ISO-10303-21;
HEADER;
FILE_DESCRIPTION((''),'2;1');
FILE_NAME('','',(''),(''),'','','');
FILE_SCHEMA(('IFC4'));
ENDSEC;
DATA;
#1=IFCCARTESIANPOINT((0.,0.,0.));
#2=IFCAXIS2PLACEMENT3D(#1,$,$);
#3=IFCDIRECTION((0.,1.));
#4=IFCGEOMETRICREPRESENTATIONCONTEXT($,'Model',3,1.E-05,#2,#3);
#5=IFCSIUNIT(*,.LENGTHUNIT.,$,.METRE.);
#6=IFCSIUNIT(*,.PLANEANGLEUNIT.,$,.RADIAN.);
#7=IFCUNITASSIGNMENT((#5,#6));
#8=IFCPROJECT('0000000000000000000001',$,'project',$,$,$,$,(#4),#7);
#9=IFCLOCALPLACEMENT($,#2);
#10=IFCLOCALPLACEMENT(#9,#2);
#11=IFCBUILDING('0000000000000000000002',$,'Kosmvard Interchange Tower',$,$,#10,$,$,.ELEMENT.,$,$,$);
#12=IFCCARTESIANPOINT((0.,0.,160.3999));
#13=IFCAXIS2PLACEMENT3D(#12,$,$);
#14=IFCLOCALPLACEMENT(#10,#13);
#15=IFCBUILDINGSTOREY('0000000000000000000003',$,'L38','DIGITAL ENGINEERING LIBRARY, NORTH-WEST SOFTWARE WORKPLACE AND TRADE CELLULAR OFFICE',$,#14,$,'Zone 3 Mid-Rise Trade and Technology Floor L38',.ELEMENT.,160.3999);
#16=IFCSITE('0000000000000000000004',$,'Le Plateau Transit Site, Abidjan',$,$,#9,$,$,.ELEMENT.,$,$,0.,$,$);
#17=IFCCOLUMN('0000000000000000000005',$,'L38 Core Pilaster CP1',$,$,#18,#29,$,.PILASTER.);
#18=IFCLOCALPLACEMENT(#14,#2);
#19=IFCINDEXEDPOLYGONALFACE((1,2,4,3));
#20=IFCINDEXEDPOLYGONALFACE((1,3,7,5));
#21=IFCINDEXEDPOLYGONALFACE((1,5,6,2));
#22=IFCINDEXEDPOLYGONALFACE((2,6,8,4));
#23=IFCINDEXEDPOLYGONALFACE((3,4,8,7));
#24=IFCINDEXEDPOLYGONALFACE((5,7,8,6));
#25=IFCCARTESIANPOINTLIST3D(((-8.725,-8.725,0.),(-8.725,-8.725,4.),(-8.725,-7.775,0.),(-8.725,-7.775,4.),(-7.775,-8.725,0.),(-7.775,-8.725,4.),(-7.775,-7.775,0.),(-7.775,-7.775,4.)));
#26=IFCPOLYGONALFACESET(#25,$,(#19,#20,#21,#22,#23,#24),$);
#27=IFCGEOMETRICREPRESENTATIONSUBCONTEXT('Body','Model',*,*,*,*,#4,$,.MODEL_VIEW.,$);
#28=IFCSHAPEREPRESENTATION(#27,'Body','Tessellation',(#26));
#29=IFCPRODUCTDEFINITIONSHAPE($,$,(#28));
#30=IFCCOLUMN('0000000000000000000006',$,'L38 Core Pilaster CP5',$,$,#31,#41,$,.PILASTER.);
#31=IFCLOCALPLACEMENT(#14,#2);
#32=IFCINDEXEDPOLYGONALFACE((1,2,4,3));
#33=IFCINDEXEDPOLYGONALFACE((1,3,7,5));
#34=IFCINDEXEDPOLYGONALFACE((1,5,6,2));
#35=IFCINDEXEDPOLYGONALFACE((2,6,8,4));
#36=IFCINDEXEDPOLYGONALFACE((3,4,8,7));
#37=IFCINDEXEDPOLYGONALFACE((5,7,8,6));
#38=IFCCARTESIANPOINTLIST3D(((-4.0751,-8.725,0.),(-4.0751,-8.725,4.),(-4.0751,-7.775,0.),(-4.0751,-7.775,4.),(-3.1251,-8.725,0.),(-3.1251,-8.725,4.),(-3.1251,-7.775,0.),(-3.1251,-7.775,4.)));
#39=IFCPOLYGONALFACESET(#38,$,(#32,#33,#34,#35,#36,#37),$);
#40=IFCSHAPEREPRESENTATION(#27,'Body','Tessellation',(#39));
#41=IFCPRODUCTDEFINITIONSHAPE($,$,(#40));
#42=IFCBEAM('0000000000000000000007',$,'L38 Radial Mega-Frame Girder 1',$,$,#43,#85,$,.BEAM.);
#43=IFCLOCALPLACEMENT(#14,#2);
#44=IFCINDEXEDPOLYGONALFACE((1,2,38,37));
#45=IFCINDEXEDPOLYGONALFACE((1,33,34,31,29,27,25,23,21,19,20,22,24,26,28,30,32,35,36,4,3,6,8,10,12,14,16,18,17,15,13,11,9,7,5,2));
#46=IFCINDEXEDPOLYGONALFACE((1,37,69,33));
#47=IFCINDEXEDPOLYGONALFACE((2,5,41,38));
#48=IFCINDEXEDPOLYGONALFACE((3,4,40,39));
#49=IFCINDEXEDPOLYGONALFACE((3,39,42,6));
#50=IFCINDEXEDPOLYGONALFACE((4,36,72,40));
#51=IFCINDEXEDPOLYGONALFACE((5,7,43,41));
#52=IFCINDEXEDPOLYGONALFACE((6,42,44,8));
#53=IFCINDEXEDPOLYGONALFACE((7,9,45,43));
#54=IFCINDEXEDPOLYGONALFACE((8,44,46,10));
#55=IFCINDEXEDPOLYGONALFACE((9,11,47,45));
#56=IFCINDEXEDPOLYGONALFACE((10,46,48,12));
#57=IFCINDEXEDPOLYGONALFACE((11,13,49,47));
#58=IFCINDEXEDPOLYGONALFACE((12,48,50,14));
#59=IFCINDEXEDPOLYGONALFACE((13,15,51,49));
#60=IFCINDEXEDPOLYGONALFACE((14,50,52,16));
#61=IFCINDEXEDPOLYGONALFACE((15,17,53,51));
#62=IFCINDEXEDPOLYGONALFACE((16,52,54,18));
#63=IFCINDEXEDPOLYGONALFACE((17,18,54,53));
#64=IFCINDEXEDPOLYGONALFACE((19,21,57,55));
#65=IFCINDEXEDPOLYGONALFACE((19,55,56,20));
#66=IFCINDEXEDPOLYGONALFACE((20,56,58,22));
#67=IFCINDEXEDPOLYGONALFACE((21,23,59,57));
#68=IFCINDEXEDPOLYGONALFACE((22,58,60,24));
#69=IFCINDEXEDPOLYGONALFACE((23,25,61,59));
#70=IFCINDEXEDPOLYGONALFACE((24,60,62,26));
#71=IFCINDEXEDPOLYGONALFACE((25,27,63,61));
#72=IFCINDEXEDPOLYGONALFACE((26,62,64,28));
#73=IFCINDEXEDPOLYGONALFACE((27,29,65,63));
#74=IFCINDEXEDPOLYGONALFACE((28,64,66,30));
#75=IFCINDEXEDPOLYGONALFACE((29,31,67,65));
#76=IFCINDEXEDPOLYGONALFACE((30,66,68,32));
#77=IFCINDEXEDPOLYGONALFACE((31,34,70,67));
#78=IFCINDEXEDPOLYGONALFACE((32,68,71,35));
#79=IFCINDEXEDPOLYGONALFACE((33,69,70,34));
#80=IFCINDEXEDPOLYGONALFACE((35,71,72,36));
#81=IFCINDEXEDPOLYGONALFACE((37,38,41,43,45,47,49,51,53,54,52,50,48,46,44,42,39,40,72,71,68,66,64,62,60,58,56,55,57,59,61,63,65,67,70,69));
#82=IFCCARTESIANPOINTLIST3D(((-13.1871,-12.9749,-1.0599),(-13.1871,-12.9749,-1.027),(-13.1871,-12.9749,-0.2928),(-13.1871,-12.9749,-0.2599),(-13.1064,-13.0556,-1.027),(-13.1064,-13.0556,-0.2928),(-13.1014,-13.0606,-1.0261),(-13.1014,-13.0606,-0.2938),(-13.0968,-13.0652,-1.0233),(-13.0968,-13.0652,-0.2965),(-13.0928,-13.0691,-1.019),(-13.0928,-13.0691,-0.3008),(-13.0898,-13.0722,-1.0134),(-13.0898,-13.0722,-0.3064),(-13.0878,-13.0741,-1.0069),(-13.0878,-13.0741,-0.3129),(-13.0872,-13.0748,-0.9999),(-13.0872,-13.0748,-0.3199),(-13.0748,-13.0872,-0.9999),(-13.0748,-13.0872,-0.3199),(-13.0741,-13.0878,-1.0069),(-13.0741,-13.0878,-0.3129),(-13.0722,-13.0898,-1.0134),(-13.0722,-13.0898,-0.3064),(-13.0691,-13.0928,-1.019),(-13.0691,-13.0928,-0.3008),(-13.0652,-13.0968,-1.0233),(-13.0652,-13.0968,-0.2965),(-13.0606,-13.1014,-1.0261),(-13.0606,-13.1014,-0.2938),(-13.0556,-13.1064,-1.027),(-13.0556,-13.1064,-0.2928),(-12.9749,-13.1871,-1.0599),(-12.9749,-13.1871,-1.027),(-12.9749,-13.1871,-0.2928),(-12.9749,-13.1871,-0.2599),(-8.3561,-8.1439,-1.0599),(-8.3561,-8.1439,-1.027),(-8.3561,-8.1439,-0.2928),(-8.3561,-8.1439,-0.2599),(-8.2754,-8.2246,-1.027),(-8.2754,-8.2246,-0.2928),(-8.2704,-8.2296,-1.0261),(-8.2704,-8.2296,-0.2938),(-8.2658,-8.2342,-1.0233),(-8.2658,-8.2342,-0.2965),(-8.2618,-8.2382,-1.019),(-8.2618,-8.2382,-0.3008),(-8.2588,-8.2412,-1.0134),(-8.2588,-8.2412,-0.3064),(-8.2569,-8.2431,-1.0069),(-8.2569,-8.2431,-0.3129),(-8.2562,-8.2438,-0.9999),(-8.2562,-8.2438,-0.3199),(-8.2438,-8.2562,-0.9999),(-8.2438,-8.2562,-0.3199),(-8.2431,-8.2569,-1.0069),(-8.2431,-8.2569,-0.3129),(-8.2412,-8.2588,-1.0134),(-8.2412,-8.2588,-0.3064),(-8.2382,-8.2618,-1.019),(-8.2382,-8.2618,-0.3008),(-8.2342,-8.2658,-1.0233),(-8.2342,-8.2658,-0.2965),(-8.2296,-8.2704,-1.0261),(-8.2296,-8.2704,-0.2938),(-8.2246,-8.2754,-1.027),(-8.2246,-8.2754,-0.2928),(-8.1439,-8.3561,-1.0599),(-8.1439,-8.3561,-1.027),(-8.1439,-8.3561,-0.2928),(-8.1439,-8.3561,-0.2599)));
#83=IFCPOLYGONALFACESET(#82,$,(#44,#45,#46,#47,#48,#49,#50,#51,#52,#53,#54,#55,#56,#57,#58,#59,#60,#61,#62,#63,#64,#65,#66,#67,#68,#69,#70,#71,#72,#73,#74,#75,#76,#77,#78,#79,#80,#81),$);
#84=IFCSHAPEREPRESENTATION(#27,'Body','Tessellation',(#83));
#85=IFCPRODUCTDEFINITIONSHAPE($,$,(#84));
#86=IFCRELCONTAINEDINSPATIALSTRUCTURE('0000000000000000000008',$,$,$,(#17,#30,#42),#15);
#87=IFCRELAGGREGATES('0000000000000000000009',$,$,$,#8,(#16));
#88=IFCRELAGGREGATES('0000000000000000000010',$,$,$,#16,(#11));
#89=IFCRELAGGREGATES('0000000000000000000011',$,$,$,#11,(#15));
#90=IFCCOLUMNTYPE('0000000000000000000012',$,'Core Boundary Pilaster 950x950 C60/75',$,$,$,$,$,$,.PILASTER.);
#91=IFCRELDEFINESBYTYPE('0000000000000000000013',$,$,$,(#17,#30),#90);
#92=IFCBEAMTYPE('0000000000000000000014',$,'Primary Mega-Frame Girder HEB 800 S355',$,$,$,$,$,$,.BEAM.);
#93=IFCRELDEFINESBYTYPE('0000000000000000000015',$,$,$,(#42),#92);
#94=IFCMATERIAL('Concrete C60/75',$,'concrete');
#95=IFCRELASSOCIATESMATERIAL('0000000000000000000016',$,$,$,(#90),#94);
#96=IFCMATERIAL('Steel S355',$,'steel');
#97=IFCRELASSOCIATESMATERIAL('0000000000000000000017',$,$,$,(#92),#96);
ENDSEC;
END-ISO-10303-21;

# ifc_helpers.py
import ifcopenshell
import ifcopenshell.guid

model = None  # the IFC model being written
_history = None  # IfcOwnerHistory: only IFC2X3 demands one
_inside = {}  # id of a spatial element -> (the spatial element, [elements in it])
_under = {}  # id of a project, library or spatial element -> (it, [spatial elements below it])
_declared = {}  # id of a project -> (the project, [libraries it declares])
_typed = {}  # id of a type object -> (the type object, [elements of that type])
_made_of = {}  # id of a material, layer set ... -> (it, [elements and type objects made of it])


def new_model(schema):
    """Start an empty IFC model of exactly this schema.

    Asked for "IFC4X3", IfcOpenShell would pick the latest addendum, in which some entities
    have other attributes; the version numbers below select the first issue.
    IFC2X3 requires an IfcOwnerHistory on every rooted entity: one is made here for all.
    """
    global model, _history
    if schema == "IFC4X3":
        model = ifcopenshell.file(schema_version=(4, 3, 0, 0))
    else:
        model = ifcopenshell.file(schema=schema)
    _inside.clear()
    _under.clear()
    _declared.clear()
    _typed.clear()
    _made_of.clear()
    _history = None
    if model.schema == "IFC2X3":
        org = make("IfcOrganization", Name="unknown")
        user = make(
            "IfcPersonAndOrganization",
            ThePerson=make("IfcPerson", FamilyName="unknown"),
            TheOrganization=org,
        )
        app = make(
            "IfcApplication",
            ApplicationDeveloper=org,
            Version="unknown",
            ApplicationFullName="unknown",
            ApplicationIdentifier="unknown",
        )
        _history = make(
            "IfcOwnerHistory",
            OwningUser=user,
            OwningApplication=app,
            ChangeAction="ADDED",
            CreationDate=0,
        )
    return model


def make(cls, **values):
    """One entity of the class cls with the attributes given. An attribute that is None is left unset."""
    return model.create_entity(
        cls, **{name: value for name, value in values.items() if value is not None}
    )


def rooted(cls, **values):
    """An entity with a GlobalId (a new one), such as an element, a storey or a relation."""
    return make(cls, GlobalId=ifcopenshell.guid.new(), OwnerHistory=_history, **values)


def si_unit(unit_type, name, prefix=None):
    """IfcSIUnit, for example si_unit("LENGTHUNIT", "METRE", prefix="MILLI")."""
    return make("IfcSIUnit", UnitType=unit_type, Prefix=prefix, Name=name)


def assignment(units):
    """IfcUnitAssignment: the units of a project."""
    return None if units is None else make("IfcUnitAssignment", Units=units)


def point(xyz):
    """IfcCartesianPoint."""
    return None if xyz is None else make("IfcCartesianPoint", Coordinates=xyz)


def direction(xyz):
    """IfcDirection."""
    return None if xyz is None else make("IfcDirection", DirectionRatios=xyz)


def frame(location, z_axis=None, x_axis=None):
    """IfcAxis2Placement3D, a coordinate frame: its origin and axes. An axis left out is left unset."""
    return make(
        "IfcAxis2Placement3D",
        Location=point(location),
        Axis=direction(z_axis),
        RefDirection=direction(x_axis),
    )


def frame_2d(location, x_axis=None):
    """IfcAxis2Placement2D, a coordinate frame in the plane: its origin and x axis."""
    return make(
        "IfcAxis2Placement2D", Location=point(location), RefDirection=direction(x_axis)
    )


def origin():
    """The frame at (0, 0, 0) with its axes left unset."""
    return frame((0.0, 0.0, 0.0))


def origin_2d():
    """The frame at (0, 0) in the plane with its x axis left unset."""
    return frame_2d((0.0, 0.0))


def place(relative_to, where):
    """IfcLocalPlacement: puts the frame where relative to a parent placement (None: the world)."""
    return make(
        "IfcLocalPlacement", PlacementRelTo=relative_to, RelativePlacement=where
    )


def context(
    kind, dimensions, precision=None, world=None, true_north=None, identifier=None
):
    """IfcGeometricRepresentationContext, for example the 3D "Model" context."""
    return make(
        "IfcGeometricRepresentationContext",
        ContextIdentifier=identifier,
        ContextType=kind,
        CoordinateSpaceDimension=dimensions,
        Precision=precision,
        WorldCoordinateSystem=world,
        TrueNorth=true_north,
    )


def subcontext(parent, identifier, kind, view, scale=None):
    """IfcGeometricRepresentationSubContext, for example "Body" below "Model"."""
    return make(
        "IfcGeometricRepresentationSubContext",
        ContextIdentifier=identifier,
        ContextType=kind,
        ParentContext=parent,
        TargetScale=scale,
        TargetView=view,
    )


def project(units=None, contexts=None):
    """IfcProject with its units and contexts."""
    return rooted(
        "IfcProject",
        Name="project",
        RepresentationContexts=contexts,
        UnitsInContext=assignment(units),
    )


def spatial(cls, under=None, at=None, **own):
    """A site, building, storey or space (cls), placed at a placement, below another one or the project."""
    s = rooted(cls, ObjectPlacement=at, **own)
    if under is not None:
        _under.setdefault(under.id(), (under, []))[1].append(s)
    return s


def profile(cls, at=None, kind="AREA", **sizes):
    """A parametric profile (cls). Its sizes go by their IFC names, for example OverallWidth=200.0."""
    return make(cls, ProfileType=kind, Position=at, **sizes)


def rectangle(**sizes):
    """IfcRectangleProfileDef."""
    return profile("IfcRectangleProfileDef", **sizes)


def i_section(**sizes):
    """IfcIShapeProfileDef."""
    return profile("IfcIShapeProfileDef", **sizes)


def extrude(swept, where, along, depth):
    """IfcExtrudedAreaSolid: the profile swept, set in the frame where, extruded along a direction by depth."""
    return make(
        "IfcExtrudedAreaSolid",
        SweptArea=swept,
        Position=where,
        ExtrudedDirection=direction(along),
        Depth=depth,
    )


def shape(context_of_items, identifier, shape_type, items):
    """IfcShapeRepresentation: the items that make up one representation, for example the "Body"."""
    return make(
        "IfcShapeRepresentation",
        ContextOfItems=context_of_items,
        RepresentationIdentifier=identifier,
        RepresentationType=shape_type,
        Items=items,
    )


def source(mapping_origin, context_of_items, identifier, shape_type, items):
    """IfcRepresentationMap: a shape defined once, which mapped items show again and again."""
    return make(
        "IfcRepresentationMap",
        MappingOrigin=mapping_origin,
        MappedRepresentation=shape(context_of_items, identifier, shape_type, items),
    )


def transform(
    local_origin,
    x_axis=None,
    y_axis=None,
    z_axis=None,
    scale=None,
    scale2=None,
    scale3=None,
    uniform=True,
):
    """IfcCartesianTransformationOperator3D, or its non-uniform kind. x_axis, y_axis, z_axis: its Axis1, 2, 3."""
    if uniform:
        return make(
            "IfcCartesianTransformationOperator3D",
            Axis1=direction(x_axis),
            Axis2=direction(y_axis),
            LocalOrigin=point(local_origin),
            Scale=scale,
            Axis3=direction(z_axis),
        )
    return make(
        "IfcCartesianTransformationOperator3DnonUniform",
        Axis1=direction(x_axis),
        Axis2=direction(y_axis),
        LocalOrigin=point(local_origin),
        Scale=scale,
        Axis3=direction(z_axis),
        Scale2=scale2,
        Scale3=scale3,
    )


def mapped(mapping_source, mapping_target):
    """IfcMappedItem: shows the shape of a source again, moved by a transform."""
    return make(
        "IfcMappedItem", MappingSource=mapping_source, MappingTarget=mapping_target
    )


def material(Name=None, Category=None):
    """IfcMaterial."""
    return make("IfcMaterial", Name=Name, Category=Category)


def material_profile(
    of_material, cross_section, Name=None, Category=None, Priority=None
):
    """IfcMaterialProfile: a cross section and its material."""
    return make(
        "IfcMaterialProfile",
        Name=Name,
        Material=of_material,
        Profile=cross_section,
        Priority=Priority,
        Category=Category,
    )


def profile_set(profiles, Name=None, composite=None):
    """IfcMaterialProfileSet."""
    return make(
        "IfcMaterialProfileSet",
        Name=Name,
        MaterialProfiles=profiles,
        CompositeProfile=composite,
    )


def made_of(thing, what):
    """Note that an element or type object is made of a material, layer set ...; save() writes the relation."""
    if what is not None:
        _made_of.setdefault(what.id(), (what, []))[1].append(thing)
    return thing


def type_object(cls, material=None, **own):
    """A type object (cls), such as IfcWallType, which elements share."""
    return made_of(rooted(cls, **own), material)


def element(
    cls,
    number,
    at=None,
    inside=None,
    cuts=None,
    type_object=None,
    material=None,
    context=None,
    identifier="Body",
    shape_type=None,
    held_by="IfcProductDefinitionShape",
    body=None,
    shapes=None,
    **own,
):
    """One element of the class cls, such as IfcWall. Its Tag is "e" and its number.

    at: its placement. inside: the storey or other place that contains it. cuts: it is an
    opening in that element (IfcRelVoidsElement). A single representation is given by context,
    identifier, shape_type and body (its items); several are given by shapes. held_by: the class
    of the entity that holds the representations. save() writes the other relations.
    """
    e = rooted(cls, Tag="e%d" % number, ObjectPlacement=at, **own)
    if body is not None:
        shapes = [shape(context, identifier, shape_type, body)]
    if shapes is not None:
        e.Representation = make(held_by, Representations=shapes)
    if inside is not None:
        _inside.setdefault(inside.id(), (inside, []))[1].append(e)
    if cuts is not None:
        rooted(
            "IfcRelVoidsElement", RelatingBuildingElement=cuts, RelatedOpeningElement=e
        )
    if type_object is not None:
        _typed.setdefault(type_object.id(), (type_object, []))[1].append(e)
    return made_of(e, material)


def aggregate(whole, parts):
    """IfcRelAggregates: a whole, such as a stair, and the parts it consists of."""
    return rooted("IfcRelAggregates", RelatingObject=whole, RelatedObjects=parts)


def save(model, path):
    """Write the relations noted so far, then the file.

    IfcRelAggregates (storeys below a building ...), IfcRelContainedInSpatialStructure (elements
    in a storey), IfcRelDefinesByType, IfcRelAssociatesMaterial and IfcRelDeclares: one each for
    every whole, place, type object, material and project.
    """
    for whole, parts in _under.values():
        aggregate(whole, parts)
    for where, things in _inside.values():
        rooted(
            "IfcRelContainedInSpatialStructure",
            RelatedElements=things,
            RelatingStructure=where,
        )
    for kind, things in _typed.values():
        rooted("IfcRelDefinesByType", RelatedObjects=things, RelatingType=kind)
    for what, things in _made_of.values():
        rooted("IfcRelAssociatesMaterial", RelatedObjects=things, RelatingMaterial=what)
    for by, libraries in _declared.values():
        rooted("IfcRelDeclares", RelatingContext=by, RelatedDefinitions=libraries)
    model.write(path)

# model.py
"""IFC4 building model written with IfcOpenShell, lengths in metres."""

from ifc_helpers import new_model, si_unit, direction, frame, origin, origin_2d, place, context, subcontext, project, spatial, rectangle, i_section, extrude, source, transform, mapped, material, material_profile, profile_set, type_object, element, save


model = new_model("IFC4")

# Units and contexts
model_context = context("Model", 3, precision=1e-05, world=origin(), true_north=direction((0.0, 1.0)))
body_context = subcontext(model_context, "Body", "Model", "MODEL_VIEW")
ifc_project = project(units=[si_unit("LENGTHUNIT", "METRE"), si_unit("PLANEANGLEUNIT", "RADIAN")], contexts=[model_context])

# Site, building, storey
site_placement = place(None, origin())
site = spatial("IfcSite", under=ifc_project, at=site_placement, Name="Le Plateau Transit Site, Abidjan", CompositionType="ELEMENT", RefElevation=0.0)
building_placement = place(site_placement, origin())
building = spatial("IfcBuilding", under=site, at=building_placement, Name="Kosmvard Interchange Tower", CompositionType="ELEMENT")
storey_placement = place(building_placement, frame((0.0, 0.0, 160.3999)))
storey = spatial("IfcBuildingStorey", under=building, at=storey_placement, Name="L38", Description="DIGITAL ENGINEERING LIBRARY, NORTH-WEST SOFTWARE WORKPLACE AND TRADE CELLULAR OFFICE", LongName="Zone 3 Mid-Rise Trade and Technology Floor L38", CompositionType="ELEMENT", Elevation=160.3999)

# Columns
ifc_material_1 = material(Name="Concrete C60/75", Category="concrete")
ifc_material_profile_1 = material_profile(ifc_material_1, rectangle(XDim=0.95, YDim=0.95, at=origin_2d()), Name="CP 950x950")
ifc_profile_set_1 = profile_set([ifc_material_profile_1], Name="Concrete C60/75")
column_type = type_object("IfcColumnType", Name="Core Boundary Pilaster 950x950 C60/75", PredefinedType="PILASTER", material=ifc_profile_set_1)
shared_shape_1 = source(origin(), body_context, "Body", "SweptSolid", [
    extrude(rectangle(XDim=0.95, YDim=0.95, at=origin_2d()), origin(), (0.0, 0.0, 1.0), 4.0),
])
for number, where, z_axis, x_axis, name in (
    (1, (-8.25, -8.25, 0.0), (0.0, 0.0, 1.0), (1.0, 0.0, 0.0), "L38 Core Pilaster CP1"),
    (2, (-3.6001, -8.25, 0.0), (0.0, 0.0, 1.0), (1.0, 0.0, 0.0), "L38 Core Pilaster CP5"),
):
    element("IfcColumn", number, at=place(storey_placement, frame(where, z_axis=z_axis, x_axis=x_axis)), inside=storey, type_object=column_type, Name=name, PredefinedType="PILASTER", context=body_context, shape_type="MappedRepresentation", body=[
        mapped(shared_shape_1, transform((0.0, 0.0, 0.0), scale=1.0)),
    ])

# Beam
ifc_material_2 = material(Name="Steel S355", Category="steel")
ifc_material_profile_2 = material_profile(ifc_material_2, i_section(OverallWidth=0.3, OverallDepth=0.8, WebThickness=0.0176, FlangeThickness=0.033, FilletRadius=0.0271, at=origin_2d()), Name="HEB 800")
ifc_profile_set_2 = profile_set([ifc_material_profile_2], Name="Steel S355")
beam_type = type_object("IfcBeamType", Name="Primary Mega-Frame Girder HEB 800 S355", PredefinedType="BEAM", material=ifc_profile_set_2)
shared_shape_2 = source(origin(), body_context, "Body", "SweptSolid", [
    extrude(i_section(OverallWidth=0.3, OverallDepth=0.8, WebThickness=0.0176, FlangeThickness=0.033, FilletRadius=0.0271, at=origin_2d()), origin(), (0.0, 0.0, 1.0), 6.832),
])
beam_placement = place(storey_placement, frame((-8.25, -8.25, -0.6599), z_axis=(-0.707107, -0.707107, 0.0), x_axis=(0.707107, -0.707107, 0.0)))
element("IfcBeam", 3, at=beam_placement, inside=storey, type_object=beam_type, Name="L38 Radial Mega-Frame Girder 1", PredefinedType="BEAM", context=body_context, shape_type="MappedRepresentation", body=[
    mapped(shared_shape_2, transform((0.0, 0.0, 0.0), scale=1.0)),
])

save(model, "model.ifc")
